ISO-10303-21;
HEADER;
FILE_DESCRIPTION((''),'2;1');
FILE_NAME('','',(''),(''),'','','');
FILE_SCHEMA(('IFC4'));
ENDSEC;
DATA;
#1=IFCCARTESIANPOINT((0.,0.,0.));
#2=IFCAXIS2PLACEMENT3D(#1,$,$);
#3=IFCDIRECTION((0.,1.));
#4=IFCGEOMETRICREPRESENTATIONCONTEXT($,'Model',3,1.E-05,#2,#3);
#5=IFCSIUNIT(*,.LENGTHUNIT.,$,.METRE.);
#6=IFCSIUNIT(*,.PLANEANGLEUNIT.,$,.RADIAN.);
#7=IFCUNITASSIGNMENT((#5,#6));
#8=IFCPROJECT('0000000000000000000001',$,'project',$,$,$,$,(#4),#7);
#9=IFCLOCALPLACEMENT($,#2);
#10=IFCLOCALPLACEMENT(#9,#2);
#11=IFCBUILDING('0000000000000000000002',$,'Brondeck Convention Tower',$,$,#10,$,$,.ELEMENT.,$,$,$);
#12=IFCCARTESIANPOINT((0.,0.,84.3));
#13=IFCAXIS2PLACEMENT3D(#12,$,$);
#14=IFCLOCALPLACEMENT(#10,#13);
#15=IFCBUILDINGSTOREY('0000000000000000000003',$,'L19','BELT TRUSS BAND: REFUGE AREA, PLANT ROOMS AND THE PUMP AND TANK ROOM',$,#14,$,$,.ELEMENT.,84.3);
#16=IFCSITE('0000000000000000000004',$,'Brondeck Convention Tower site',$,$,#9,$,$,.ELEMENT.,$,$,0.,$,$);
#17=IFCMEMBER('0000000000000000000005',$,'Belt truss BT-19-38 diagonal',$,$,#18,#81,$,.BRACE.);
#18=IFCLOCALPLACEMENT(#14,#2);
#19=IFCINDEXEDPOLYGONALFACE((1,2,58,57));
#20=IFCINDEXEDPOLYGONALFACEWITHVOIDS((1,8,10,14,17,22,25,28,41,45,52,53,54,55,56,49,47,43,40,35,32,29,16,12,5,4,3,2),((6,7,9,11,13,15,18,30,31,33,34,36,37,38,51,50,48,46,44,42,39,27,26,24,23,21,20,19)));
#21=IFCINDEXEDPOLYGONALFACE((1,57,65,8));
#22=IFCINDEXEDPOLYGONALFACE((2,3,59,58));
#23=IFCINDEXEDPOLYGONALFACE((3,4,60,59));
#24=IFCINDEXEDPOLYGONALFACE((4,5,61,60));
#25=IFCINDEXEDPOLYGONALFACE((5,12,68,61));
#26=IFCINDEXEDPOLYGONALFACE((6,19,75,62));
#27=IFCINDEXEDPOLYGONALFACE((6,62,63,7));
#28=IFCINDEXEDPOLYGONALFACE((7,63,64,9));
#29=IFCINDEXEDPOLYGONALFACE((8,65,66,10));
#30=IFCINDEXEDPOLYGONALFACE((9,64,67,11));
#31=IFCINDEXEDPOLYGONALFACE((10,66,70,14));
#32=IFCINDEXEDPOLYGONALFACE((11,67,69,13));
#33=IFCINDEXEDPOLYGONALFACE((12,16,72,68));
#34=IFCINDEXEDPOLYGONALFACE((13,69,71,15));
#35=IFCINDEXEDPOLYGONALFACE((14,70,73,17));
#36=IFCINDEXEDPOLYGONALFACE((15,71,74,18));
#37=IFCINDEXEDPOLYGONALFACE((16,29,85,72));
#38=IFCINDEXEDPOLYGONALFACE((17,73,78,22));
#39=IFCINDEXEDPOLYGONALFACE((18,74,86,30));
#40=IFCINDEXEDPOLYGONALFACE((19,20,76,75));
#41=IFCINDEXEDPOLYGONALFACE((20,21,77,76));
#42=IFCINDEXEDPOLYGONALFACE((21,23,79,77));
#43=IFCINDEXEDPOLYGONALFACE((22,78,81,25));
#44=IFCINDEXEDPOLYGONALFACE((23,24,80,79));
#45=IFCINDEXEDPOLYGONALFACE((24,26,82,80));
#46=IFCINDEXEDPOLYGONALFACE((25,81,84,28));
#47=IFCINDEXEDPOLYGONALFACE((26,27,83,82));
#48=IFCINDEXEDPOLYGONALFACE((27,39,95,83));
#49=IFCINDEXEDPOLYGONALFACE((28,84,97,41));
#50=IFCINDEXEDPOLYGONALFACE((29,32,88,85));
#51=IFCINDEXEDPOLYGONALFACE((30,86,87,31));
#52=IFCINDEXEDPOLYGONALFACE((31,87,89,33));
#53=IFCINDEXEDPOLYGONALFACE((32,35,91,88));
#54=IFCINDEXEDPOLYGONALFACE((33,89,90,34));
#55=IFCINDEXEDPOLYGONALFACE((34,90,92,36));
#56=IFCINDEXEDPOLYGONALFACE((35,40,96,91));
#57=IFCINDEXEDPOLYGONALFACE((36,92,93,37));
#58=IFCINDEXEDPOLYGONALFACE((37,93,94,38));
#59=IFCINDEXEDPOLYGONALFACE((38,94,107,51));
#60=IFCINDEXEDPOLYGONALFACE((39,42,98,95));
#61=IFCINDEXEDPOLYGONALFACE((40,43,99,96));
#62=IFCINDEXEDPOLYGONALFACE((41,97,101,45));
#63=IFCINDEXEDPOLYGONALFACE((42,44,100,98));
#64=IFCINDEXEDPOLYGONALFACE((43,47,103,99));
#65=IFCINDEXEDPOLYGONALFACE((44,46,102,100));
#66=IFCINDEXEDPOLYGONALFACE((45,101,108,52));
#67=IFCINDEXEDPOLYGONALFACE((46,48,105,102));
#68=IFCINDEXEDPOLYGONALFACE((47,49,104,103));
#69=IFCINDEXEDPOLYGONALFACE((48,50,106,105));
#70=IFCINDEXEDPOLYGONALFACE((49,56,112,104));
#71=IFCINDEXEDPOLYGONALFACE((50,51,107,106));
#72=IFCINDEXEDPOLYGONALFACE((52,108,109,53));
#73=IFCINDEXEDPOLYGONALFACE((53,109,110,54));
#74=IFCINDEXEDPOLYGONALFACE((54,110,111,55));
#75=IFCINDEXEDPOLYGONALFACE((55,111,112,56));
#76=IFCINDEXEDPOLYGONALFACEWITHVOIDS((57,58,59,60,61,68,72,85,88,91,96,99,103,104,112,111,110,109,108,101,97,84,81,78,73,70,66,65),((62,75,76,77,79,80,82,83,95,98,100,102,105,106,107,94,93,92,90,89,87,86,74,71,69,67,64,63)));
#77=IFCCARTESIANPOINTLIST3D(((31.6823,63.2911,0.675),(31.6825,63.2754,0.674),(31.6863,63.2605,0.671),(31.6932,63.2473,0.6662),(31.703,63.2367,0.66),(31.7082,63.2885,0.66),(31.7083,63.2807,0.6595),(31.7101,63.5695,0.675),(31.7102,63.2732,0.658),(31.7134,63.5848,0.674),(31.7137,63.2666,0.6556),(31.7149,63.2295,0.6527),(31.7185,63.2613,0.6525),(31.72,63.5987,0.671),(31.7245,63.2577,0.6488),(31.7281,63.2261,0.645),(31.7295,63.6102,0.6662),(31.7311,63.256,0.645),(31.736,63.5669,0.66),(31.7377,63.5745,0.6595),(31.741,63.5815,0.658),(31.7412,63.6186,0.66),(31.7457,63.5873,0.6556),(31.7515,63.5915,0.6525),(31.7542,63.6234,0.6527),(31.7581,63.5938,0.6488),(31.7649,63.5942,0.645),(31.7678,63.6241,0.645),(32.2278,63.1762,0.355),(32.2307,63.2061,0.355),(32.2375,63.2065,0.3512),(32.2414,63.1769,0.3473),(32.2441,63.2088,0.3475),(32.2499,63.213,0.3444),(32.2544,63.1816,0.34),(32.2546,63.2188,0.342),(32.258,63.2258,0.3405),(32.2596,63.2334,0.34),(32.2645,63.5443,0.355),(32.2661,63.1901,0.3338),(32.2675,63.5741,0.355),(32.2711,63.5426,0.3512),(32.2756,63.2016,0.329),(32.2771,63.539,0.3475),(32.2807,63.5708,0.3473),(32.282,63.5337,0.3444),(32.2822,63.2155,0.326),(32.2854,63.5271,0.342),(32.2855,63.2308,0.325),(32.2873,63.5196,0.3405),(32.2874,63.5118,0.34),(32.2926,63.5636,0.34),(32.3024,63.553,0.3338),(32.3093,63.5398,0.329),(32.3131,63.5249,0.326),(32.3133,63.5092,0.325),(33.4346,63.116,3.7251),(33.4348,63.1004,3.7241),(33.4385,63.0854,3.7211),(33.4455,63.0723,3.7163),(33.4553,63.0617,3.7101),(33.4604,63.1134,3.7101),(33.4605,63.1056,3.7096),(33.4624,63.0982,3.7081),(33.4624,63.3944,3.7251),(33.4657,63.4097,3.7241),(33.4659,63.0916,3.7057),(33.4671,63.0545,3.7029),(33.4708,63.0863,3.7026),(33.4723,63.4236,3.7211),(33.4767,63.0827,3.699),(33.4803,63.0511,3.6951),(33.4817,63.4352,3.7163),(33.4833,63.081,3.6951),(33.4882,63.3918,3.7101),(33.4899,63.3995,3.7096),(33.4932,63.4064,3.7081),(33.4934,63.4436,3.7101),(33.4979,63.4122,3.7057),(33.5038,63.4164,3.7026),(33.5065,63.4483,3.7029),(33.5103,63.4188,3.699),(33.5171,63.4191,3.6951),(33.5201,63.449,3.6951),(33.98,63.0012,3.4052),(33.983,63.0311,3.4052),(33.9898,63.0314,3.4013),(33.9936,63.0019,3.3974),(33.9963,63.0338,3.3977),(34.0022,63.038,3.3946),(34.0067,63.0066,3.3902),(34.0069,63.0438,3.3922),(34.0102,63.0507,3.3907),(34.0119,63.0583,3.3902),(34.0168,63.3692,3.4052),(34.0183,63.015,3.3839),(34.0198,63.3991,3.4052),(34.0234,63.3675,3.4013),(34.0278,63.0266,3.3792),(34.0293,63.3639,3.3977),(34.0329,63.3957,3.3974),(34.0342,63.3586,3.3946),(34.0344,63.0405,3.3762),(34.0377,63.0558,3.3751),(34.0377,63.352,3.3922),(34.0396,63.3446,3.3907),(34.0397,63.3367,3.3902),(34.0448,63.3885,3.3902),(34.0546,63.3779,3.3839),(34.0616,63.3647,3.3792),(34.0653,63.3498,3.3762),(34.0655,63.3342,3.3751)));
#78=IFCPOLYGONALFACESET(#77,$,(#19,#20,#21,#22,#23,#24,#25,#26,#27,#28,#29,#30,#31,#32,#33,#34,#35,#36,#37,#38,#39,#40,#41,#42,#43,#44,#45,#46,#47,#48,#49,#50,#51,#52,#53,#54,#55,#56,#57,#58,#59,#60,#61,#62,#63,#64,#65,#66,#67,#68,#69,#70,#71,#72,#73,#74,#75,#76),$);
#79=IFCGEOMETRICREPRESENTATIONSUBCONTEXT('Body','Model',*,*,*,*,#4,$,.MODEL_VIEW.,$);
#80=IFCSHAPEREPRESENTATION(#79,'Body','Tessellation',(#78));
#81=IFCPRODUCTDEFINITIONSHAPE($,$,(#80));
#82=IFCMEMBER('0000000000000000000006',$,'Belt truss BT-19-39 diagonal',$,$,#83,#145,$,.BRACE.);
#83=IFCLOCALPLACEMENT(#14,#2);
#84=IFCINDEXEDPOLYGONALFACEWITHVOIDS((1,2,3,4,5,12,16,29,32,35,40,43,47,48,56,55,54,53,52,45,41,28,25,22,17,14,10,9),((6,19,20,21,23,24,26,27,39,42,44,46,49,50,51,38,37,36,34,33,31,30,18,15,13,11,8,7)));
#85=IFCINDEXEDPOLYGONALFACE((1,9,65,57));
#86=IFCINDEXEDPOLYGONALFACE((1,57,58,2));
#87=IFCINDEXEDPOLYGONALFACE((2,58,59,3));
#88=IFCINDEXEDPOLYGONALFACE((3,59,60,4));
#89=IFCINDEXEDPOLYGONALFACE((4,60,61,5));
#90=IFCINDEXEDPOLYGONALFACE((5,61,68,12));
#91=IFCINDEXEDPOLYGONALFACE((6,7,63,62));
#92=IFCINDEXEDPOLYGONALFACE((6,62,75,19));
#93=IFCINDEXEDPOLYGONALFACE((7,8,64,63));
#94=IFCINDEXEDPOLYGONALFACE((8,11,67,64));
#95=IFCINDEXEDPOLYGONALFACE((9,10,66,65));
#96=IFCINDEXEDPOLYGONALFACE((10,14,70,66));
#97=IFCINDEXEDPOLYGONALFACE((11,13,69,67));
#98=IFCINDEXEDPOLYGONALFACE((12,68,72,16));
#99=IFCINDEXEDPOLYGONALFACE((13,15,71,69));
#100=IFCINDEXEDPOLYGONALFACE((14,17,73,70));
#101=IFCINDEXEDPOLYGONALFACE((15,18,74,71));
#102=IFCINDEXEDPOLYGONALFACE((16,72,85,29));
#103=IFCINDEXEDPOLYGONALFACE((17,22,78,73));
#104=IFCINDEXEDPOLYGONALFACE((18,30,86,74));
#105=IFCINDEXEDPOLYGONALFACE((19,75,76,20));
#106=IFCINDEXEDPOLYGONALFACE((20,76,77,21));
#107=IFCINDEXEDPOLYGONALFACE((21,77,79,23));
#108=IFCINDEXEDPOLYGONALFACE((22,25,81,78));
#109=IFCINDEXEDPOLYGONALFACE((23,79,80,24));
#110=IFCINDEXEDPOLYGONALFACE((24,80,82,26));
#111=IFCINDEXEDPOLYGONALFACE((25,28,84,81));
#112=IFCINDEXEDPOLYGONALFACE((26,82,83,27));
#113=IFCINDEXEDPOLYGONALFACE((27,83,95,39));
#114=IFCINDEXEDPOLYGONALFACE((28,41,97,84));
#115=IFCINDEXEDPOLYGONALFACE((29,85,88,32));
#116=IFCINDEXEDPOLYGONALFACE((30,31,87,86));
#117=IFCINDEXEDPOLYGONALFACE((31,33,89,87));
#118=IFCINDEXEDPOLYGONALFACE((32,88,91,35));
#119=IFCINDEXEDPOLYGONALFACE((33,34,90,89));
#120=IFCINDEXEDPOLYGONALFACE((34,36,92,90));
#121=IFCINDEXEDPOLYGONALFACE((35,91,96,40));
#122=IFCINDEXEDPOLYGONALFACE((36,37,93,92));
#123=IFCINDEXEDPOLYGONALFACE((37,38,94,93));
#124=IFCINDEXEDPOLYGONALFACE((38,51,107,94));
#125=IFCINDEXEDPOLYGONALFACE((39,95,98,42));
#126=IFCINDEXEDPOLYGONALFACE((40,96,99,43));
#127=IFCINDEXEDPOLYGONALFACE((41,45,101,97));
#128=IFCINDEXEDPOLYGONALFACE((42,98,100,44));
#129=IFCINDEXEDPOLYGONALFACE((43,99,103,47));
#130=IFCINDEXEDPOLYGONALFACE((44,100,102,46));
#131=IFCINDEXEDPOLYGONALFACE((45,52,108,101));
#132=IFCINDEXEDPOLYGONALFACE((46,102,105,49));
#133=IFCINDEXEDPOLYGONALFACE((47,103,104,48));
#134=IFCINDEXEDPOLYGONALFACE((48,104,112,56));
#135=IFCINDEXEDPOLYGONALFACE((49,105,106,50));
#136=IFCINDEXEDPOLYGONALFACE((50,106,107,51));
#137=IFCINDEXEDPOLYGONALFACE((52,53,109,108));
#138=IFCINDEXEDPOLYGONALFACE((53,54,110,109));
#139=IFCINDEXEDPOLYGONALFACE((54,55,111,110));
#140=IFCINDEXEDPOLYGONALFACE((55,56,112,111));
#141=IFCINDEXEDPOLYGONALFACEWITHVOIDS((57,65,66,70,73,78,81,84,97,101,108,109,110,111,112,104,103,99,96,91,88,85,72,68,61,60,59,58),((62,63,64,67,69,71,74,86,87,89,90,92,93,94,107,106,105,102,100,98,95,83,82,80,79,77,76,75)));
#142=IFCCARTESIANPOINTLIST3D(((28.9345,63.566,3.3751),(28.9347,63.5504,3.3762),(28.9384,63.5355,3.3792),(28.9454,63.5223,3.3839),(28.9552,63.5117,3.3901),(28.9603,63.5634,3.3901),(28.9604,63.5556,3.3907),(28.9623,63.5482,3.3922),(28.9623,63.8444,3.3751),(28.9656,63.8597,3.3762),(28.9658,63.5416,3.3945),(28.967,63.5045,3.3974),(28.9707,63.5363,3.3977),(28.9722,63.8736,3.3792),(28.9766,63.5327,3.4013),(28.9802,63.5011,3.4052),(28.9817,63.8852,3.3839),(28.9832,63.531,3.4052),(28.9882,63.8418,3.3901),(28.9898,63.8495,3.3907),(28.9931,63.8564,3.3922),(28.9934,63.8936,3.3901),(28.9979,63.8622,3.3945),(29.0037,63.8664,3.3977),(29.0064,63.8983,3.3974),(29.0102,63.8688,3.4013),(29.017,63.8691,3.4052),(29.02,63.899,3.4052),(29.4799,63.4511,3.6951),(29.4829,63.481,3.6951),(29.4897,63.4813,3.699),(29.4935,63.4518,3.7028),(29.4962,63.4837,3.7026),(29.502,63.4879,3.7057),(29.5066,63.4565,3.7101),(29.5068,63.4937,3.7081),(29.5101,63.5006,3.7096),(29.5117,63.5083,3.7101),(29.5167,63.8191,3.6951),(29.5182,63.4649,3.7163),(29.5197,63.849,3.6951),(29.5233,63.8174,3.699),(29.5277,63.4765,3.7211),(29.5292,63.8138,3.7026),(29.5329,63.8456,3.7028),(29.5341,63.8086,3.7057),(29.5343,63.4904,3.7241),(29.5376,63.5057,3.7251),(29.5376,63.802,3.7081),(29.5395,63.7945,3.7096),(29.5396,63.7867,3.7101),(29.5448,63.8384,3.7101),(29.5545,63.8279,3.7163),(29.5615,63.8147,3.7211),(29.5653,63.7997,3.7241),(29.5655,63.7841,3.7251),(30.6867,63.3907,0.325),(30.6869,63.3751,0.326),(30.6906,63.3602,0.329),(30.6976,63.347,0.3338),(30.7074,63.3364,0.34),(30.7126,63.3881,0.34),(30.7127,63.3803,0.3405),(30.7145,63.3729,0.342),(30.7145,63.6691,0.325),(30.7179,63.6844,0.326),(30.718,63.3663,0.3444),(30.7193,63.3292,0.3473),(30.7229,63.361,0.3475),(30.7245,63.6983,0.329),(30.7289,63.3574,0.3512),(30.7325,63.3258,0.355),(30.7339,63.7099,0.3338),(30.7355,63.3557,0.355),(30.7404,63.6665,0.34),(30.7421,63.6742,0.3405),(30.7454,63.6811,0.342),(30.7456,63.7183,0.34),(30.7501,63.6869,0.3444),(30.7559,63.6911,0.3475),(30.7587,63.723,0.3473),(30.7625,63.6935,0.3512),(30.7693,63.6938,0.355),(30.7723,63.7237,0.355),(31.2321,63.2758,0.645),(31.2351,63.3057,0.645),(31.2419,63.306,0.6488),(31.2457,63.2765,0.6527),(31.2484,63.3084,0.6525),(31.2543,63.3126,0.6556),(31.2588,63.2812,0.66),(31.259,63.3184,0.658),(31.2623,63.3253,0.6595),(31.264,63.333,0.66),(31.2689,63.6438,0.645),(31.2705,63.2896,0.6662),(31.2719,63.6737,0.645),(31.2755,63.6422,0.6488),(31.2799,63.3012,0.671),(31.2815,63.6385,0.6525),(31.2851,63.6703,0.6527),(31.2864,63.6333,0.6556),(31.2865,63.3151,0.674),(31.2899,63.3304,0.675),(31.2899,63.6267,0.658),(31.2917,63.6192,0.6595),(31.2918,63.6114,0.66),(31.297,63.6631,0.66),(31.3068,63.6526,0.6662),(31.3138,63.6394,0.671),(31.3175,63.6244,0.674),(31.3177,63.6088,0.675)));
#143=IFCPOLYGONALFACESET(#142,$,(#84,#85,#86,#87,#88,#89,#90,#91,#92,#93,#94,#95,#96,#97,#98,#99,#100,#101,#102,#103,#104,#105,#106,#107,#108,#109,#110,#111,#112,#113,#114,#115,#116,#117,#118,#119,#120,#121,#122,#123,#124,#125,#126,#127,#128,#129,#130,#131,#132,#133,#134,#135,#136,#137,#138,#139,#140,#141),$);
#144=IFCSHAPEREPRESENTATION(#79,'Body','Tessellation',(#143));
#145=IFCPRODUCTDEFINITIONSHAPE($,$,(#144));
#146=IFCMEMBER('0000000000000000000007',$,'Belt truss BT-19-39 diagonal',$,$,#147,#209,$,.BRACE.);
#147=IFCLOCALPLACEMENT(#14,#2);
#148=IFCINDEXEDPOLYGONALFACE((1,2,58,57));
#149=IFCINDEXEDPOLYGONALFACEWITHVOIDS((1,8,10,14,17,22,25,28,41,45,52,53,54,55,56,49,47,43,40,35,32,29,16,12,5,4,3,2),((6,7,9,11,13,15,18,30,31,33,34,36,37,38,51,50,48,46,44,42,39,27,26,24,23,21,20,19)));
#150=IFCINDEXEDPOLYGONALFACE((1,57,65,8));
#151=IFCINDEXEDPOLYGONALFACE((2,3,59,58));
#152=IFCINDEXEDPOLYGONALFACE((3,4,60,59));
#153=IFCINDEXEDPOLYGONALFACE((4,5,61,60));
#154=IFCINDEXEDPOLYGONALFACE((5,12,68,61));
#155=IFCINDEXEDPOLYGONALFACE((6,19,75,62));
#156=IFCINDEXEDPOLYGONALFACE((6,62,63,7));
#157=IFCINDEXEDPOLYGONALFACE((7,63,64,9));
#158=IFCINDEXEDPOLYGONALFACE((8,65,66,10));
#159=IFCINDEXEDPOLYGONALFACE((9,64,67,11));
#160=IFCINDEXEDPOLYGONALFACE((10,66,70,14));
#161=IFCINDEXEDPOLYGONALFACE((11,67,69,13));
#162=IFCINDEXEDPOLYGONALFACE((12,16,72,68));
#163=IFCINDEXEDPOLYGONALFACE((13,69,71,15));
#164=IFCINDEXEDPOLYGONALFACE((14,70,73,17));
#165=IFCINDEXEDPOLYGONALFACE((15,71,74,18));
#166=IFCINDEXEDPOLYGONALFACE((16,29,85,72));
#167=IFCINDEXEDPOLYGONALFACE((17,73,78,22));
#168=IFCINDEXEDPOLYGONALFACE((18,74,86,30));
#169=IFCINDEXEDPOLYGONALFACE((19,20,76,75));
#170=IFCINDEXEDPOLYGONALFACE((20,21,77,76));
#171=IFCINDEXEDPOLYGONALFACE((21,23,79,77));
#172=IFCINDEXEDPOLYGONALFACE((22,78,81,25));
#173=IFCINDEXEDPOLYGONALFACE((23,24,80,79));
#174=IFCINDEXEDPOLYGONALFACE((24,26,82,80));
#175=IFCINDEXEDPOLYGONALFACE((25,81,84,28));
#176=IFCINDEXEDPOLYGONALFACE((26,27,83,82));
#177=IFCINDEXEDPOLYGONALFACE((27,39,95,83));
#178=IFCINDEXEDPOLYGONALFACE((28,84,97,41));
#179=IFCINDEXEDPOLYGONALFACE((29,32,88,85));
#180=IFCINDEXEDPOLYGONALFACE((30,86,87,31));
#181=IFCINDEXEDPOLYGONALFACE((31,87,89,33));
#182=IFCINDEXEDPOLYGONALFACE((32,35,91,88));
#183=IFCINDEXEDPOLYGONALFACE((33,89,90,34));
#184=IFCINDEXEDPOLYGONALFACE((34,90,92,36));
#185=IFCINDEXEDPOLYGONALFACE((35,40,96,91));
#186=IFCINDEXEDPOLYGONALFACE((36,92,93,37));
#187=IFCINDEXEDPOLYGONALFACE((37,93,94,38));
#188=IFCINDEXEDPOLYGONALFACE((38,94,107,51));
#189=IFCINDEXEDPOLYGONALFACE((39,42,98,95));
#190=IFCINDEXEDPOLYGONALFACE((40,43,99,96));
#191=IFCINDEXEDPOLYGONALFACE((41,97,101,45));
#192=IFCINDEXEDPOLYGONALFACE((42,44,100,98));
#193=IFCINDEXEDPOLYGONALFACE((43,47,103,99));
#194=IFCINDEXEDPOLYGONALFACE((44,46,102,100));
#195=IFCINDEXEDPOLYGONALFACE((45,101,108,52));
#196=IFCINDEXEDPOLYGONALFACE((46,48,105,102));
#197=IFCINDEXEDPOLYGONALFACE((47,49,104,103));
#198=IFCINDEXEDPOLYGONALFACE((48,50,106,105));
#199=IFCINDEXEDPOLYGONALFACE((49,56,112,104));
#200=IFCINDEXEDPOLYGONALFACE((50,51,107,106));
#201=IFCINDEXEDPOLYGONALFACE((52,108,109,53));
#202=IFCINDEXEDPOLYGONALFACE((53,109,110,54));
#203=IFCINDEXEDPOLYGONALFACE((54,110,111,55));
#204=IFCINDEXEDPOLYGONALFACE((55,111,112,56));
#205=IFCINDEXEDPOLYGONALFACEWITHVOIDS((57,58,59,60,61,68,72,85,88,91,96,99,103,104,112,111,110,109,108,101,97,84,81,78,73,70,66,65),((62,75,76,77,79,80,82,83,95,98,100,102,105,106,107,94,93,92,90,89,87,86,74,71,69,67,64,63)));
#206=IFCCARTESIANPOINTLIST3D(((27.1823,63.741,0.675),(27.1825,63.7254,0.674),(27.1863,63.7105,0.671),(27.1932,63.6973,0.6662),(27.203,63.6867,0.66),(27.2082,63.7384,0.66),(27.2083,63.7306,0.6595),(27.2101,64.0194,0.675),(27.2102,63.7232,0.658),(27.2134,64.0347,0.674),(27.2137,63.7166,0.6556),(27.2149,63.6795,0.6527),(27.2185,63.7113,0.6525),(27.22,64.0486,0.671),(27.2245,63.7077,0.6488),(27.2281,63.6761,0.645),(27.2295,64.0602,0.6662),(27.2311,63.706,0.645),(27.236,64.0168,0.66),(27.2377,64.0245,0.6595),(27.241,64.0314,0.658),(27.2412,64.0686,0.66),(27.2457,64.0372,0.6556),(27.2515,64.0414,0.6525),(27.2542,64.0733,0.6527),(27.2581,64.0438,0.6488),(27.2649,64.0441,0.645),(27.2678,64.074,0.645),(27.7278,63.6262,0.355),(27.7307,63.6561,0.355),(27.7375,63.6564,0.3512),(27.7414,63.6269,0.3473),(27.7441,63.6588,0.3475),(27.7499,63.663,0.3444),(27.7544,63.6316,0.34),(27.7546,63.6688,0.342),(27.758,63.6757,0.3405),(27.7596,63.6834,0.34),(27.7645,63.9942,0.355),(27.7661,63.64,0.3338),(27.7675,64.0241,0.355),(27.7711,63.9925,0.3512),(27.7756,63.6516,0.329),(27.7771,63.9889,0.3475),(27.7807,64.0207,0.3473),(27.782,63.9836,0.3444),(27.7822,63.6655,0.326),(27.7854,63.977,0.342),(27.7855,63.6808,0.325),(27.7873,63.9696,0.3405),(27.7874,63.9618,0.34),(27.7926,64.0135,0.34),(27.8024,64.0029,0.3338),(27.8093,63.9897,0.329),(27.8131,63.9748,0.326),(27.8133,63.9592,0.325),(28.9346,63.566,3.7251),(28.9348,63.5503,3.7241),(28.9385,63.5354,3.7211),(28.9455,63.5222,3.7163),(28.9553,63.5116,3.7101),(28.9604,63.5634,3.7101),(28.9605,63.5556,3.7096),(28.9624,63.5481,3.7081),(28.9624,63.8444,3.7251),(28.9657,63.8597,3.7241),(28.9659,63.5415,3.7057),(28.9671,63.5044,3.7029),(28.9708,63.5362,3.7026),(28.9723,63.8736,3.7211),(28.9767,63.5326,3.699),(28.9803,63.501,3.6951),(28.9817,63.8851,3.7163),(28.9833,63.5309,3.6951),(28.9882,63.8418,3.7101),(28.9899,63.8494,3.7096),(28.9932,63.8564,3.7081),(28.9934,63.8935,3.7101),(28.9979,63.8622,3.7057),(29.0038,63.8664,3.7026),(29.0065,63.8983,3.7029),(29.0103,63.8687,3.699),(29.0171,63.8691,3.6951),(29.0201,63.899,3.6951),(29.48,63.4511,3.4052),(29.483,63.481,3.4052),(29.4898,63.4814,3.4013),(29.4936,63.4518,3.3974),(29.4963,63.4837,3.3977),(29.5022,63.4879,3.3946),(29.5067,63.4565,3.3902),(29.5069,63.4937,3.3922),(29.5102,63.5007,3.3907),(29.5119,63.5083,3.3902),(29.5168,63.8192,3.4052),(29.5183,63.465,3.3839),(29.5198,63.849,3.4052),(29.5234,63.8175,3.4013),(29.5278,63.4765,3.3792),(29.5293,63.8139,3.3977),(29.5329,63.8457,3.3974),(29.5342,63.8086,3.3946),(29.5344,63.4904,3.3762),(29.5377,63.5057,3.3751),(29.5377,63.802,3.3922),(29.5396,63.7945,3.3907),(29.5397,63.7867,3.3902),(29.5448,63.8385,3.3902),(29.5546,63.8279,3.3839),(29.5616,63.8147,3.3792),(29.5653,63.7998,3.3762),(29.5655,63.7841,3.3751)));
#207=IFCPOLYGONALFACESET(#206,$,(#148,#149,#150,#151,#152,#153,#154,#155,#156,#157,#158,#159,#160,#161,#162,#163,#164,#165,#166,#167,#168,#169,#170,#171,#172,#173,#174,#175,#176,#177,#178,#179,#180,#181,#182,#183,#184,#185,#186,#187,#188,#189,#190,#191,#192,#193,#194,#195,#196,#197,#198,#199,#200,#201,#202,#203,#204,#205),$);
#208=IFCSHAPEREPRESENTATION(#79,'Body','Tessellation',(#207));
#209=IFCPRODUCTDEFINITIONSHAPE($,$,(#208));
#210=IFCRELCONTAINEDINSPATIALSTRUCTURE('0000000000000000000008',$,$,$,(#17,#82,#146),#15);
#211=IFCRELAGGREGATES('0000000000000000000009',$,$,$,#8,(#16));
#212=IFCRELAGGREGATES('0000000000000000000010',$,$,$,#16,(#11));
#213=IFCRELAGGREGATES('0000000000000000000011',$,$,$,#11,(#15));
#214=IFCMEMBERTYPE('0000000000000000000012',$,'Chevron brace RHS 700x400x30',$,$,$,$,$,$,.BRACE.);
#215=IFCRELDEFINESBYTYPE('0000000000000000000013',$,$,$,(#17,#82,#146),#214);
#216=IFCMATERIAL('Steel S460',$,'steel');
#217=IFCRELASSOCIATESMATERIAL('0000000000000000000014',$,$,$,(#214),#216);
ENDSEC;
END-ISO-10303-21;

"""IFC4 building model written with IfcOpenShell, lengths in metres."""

from ifc_helpers import new_model, si_unit, direction, frame, origin, origin_2d, place, context, subcontext, project, spatial, hollow_rectangle, extrude, material, material_profile, profile_set, type_object, element, save


model = new_model("IFC4")

# Units and contexts
model_context = context("Model", 3, precision=1e-05, world=origin(), true_north=direction((0.0, 1.0)))
body_context = subcontext(model_context, "Body", "Model", "MODEL_VIEW")
ifc_project = project(units=[si_unit("LENGTHUNIT", "METRE"), si_unit("PLANEANGLEUNIT", "RADIAN")], contexts=[model_context])

# Site, building, storey
site_placement = place(None, origin())
site = spatial("IfcSite", under=ifc_project, at=site_placement, Name="Brondeck Convention Tower site", CompositionType="ELEMENT", RefElevation=0.0)
building_placement = place(site_placement, origin())
building = spatial("IfcBuilding", under=site, at=building_placement, Name="Brondeck Convention Tower", CompositionType="ELEMENT")
storey_placement = place(building_placement, frame((0.0, 0.0, 84.3)))
storey = spatial("IfcBuildingStorey", under=building, at=storey_placement, Name="L19", Description="BELT TRUSS BAND: REFUGE AREA, PLANT ROOMS AND THE PUMP AND TANK ROOM", CompositionType="ELEMENT", Elevation=84.3)

# Members
ifc_material_1 = material(Name="Steel S460", Category="steel")
ifc_material_profile_1 = material_profile(ifc_material_1, hollow_rectangle(XDim=0.3999, YDim=0.7, WallThickness=0.03, InnerFilletRadius=0.03, OuterFilletRadius=0.0601, at=origin_2d()), Name="RHS 700x400x30")
ifc_profile_set_1 = profile_set([ifc_material_profile_1], Name="Steel S460")
member_type_1 = type_object("IfcMemberType", Name="Chevron brace RHS 700x400x30", PredefinedType="BRACE", material=ifc_profile_set_1)
for number, where, z_axis, x_axis, name in (
    (1, (31.9978, 63.4001, 0.5), (0.497518, -0.049703, 0.866029), (0.099408, 0.995047, 0.0), "Belt truss BT-19-38 diagonal"),
    (2, (31.0022, 63.4998, 0.5), (-0.497516, 0.049772, 0.866026), (-0.099545, -0.995033, 0.0), "Belt truss BT-19-39 diagonal"),
    (3, (27.4978, 63.8501, 0.5), (0.497518, -0.049703, 0.866029), (0.099408, 0.995047, 0.0), "Belt truss BT-19-39 diagonal"),
):
    element("IfcMember", number, at=place(storey_placement, frame(where, z_axis=z_axis, x_axis=x_axis)), inside=storey, type_object=member_type_1, Name=name, PredefinedType="BRACE", context=body_context, shape_type="SweptSolid", body=[
        extrude(hollow_rectangle(XDim=0.3999, YDim=0.7, WallThickness=0.03, InnerFilletRadius=0.03, OuterFilletRadius=0.0601, at=origin_2d()), origin(), (0.0, 0.0, 1.0), 3.522),
    ])

save(model, "model.ifc")
